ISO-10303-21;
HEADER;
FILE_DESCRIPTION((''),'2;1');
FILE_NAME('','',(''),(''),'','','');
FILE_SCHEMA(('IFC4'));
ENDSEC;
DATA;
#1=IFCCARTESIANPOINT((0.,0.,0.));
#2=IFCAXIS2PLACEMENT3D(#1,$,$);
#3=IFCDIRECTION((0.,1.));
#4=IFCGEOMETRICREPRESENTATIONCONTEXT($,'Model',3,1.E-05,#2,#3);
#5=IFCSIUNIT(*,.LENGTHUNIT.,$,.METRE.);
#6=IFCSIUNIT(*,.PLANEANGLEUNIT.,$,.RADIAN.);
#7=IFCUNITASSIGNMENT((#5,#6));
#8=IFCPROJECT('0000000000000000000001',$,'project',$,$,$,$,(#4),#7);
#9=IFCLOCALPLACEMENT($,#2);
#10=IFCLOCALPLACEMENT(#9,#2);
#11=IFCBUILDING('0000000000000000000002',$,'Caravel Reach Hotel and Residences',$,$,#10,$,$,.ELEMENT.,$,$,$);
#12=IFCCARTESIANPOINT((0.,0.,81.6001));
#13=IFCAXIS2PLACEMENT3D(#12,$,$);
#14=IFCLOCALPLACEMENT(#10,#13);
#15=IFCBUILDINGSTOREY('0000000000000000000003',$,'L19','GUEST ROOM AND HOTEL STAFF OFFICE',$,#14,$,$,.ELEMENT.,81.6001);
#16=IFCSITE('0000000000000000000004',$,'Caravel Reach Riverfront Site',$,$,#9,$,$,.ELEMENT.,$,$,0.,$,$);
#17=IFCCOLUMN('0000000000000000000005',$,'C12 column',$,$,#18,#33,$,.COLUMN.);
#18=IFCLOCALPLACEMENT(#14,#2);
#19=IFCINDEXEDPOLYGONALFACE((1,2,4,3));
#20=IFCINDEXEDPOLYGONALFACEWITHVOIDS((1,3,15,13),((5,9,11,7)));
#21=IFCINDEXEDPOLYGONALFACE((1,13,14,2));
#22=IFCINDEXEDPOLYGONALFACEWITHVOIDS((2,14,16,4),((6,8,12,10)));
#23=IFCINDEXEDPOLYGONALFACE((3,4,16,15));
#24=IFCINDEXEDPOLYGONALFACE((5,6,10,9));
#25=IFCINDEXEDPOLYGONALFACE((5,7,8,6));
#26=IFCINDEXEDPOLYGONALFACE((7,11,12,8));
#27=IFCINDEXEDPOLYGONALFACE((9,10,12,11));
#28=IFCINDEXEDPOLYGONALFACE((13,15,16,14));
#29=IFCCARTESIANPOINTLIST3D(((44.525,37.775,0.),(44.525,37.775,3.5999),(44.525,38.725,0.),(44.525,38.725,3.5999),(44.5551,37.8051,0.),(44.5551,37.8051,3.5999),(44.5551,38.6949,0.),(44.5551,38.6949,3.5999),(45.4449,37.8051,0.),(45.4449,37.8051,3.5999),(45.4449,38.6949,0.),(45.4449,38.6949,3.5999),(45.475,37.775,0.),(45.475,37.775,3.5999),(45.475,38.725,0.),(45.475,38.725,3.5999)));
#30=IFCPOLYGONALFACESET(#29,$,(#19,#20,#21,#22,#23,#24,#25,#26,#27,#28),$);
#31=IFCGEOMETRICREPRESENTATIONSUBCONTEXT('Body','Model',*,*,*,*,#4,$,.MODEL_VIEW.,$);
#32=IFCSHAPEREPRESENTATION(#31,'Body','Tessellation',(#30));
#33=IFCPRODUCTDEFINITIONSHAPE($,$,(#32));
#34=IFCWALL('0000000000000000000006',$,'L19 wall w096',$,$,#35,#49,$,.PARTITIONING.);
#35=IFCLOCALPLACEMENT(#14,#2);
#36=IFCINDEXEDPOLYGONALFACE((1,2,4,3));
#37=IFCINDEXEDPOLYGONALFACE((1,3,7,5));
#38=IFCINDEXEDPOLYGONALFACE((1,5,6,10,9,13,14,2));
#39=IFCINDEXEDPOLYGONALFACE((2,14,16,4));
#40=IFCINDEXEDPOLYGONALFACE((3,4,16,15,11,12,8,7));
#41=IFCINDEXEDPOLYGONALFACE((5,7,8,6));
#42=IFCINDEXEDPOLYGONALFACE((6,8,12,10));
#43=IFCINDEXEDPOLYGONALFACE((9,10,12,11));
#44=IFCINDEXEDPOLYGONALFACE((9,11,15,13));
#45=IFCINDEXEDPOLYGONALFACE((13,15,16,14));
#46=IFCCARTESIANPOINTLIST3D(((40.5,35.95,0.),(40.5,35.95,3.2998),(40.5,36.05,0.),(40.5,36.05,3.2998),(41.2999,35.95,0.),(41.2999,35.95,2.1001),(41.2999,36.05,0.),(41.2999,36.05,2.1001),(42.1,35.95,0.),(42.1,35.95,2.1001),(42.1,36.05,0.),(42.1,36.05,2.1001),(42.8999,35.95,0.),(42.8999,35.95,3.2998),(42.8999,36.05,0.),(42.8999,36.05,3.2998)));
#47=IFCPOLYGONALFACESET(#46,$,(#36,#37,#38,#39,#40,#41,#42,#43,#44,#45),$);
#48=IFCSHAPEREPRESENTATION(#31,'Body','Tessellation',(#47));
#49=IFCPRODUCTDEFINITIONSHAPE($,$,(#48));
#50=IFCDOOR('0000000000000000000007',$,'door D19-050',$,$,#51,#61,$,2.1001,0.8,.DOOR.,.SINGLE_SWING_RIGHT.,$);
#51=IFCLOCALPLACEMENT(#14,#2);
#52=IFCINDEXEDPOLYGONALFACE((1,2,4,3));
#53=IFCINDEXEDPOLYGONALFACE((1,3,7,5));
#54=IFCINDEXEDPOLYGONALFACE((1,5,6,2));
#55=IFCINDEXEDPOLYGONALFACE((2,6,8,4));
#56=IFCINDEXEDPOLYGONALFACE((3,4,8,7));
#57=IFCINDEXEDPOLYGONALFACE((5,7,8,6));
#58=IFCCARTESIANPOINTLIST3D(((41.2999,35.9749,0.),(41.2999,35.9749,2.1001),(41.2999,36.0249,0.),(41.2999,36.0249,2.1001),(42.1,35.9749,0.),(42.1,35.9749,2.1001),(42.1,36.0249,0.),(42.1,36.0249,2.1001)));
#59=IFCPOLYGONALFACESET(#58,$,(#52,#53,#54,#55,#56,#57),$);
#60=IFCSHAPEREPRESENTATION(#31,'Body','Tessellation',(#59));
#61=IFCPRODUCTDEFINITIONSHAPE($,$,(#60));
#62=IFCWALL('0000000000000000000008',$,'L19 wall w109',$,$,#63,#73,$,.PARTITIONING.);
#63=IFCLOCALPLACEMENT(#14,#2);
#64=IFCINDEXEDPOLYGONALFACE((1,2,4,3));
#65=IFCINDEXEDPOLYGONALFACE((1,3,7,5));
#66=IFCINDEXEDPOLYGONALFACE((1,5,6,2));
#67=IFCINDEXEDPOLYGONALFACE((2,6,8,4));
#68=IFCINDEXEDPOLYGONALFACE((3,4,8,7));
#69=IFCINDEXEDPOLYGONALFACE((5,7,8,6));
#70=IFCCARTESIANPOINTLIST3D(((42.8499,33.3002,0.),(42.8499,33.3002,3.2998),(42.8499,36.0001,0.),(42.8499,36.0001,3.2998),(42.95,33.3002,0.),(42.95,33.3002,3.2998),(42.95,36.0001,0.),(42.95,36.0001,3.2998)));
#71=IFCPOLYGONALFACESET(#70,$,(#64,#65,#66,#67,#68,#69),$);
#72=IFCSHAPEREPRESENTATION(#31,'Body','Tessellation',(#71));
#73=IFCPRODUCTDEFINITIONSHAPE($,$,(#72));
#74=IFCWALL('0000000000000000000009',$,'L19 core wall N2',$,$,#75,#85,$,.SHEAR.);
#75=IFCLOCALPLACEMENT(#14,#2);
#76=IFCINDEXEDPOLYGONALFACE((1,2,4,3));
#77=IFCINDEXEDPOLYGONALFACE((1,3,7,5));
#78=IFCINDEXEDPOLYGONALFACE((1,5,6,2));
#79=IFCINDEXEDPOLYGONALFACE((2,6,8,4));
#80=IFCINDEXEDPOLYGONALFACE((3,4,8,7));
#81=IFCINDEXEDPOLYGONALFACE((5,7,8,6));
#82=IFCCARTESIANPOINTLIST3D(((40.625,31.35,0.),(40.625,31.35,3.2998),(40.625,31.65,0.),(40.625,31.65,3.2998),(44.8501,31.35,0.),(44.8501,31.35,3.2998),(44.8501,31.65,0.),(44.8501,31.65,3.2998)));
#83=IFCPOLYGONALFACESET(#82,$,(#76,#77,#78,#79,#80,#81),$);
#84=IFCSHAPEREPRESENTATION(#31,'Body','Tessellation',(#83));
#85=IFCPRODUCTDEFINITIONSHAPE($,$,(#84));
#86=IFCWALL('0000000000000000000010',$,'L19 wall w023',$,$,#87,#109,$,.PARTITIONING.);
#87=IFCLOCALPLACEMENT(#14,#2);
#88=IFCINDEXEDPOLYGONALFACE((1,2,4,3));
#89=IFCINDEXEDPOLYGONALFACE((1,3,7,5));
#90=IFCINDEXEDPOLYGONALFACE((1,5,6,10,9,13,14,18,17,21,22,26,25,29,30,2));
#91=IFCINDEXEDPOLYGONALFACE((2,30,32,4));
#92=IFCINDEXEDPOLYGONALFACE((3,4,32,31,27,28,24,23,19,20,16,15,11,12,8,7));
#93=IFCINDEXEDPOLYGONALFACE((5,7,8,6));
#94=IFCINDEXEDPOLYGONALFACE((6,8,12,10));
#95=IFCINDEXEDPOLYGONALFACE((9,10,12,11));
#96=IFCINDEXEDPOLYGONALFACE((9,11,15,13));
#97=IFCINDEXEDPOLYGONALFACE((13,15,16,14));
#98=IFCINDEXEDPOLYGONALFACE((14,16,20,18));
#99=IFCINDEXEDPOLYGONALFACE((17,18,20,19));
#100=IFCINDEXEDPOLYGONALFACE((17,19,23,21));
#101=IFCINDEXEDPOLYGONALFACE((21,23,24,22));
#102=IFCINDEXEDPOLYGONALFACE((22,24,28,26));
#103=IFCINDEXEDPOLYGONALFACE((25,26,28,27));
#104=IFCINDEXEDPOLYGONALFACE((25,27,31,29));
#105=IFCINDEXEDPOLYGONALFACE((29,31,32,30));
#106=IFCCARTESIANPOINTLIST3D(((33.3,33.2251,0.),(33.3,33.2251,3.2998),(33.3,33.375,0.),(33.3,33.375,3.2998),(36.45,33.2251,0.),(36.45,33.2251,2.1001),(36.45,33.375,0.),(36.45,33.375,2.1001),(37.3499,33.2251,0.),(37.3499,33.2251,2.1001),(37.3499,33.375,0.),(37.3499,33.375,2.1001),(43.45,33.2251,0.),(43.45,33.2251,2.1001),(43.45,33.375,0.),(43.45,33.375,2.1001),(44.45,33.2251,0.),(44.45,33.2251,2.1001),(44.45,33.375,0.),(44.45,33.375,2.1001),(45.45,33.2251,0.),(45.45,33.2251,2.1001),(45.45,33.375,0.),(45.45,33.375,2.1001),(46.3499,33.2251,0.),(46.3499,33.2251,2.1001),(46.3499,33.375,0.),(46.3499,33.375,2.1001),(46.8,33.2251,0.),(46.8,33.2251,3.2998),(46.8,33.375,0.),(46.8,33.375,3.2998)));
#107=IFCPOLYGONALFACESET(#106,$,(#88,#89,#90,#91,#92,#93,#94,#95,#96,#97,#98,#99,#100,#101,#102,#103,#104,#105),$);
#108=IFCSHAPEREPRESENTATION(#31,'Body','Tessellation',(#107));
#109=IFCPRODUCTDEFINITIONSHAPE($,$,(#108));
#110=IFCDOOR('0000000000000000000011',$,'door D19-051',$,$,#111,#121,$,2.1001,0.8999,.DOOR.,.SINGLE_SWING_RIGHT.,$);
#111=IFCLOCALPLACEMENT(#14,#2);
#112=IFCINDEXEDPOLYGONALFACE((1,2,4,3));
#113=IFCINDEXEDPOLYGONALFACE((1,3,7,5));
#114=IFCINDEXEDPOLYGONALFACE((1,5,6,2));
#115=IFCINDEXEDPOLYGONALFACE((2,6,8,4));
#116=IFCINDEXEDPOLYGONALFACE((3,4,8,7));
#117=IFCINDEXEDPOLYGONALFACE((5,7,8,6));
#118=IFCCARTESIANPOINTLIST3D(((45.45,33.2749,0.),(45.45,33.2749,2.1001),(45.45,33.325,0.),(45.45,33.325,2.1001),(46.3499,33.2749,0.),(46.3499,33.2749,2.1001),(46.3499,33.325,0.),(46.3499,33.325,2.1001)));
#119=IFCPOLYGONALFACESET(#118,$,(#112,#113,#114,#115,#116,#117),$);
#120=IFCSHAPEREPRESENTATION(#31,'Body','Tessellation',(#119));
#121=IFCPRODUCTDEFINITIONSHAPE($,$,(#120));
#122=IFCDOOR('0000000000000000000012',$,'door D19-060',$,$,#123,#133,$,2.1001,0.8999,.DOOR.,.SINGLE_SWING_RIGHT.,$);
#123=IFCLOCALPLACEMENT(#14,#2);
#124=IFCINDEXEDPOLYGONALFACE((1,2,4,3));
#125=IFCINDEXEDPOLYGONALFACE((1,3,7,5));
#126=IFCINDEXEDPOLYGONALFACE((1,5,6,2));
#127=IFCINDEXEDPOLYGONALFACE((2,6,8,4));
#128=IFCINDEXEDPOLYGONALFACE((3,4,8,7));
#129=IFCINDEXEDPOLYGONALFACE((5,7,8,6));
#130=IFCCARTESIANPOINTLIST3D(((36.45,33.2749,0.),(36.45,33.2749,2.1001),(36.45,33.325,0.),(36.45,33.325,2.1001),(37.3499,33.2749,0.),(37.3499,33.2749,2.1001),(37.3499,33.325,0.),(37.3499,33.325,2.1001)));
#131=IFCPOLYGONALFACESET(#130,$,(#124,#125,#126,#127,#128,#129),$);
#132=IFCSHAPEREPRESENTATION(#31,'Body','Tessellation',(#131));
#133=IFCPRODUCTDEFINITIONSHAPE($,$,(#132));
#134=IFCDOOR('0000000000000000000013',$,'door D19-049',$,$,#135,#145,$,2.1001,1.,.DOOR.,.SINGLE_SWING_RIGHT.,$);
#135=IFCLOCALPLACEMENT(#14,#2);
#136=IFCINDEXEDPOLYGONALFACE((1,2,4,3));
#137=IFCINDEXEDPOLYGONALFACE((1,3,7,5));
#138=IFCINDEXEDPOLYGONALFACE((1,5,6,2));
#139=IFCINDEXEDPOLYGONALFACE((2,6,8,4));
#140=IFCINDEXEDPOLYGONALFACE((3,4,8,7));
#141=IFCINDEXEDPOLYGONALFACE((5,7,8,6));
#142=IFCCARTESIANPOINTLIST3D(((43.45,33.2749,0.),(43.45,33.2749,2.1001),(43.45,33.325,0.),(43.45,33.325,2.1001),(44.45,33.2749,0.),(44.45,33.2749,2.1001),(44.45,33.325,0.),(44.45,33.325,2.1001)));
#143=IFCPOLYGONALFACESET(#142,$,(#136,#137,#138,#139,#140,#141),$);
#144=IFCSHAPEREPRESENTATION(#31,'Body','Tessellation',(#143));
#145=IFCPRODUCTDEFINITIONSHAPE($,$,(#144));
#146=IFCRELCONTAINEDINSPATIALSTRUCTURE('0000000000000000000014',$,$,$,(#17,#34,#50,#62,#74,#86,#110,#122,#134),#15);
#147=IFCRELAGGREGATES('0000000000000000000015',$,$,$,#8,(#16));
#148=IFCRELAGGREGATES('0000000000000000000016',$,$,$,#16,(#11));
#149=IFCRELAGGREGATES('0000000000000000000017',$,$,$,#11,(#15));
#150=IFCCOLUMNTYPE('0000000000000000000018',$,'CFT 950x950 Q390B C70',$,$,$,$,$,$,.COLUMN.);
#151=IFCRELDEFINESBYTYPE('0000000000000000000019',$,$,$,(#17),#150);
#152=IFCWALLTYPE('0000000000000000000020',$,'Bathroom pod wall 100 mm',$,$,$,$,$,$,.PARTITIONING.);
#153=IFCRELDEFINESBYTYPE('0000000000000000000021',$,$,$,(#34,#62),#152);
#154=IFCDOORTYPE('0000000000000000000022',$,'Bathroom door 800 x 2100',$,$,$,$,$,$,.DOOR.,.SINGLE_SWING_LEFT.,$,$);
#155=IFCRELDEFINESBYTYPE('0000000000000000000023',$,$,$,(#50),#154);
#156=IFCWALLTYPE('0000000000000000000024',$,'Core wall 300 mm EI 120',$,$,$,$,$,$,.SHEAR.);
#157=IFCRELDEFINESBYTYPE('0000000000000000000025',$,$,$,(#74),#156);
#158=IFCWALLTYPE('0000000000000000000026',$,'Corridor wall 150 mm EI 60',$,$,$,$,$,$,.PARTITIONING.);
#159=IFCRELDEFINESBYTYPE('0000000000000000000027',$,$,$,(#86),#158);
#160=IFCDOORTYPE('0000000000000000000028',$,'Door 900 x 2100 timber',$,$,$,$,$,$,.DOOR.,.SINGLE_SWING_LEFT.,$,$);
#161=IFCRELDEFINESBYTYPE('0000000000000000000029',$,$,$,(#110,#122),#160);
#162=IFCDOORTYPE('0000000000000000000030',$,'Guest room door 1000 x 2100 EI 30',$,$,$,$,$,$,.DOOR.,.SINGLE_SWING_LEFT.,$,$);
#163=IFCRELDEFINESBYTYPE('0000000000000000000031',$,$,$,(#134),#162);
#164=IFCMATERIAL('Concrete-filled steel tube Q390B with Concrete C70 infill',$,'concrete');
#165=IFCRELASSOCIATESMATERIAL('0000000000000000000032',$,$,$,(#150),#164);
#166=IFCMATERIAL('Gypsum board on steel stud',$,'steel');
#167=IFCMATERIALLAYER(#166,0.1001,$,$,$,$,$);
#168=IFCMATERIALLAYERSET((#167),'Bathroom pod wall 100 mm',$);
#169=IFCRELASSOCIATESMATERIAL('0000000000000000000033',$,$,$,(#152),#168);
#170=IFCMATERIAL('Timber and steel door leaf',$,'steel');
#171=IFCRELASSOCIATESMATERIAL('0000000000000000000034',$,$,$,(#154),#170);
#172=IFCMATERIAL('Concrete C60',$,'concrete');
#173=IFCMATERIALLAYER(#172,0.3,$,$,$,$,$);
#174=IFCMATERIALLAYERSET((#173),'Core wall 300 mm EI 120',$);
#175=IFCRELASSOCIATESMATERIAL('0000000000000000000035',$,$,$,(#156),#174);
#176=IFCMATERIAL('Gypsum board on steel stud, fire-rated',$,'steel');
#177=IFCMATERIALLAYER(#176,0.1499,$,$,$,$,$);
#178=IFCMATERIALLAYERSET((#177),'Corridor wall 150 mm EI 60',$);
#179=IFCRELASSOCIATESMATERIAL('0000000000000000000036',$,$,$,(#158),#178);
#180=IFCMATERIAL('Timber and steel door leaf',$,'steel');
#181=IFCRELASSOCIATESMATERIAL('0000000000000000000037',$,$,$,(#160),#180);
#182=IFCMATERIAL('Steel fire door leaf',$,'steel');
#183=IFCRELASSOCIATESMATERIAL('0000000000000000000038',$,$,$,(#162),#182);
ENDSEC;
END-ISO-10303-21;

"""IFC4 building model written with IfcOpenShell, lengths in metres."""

from ifc_helpers import new_model, si_unit, direction, frame, frame_2d, origin, origin_2d, place, context, subcontext, project, spatial, rectangle, hollow_rectangle, extrude, material, layer, layer_set, material_profile, profile_set, type_object, element, fill, save


model = new_model("IFC4")

# Units and contexts
model_context = context("Model", 3, precision=1e-05, world=origin(), true_north=direction((0.0, 1.0)))
body_context = subcontext(model_context, "Body", "Model", "MODEL_VIEW")
ifc_project = project(units=[si_unit("LENGTHUNIT", "METRE"), si_unit("PLANEANGLEUNIT", "RADIAN")], contexts=[model_context])

# Site, building, storey
site_placement = place(None, origin())
site = spatial("IfcSite", under=ifc_project, at=site_placement, Name="Caravel Reach Riverfront Site", CompositionType="ELEMENT", RefElevation=0.0)
building_placement = place(site_placement, origin())
building = spatial("IfcBuilding", under=site, at=building_placement, Name="Caravel Reach Hotel and Residences", CompositionType="ELEMENT")
storey_placement = place(building_placement, frame((0.0, 0.0, 81.6001)))
storey = spatial("IfcBuildingStorey", under=building, at=storey_placement, Name="L19", Description="GUEST ROOM AND HOTEL STAFF OFFICE", CompositionType="ELEMENT", Elevation=81.6001)

# Column
ifc_material_1 = material(Name="Concrete-filled steel tube Q390B with Concrete C70 infill", Category="concrete")
ifc_material_profile = material_profile(ifc_material_1, hollow_rectangle(XDim=0.95, YDim=0.95, WallThickness=0.03, at=origin_2d()), Name="RHS 950x950x30")
ifc_profile_set = profile_set([ifc_material_profile], Name="Concrete-filled steel tube Q390B with Concrete C70 infill")
column_type = type_object("IfcColumnType", Name="CFT 950x950 Q390B C70", PredefinedType="COLUMN", material=ifc_profile_set)
column_placement = place(storey_placement, frame((45.0, 38.25, 0.0), z_axis=(0.0, 0.0, 1.0), x_axis=(1.0, 0.0, 0.0)))
element("IfcColumn", 1, at=column_placement, inside=storey, type_object=column_type, Name="C12 column", PredefinedType="COLUMN", context=body_context, shape_type="SweptSolid", body=[
    extrude(hollow_rectangle(XDim=0.95, YDim=0.95, WallThickness=0.03, at=origin_2d()), origin(), (0.0, 0.0, 1.0), 3.5999),
])

# Wall, opening, door
ifc_material_2 = material(Name="Gypsum board on steel stud", Category="steel")
ifc_layer_1 = layer(ifc_material_2, 0.1001)
ifc_layer_set_1 = layer_set([ifc_layer_1], Name="Bathroom pod wall 100 mm")
wall_type_1 = type_object("IfcWallType", Name="Bathroom pod wall 100 mm", PredefinedType="PARTITIONING", material=ifc_layer_set_1)
wall_1_placement = place(storey_placement, frame((40.5, 36.0, 0.0), z_axis=(0.0, 0.0, 1.0), x_axis=(1.0, 0.0, 0.0)))
wall_1 = element("IfcWall", 2, at=wall_1_placement, inside=storey, type_object=wall_type_1, Name="L19 wall w096", PredefinedType="PARTITIONING", context=body_context, shape_type="SweptSolid", body=[
    extrude(rectangle(XDim=2.3999, YDim=0.1001, at=frame_2d((1.2, 0.0))), origin(), (0.0, 0.0, 1.0), 3.2998),
])
opening_1_placement = place(wall_1_placement, frame((0.8, 0.0, 0.0)))
opening_1 = element("IfcOpeningElement", 3, at=opening_1_placement, cuts=wall_1, PredefinedType="OPENING", context=body_context, shape_type="SweptSolid", body=[
    extrude(rectangle(XDim=0.8, YDim=2.1001, at=frame_2d((0.3999, 1.05))), frame((0.0, 0.0601, 0.0), z_axis=(0.0, -1.0, 0.0), x_axis=(1.0, 0.0, 0.0)), (0.0, 0.0, 1.0), 0.1201),
])
ifc_material_3 = material(Name="Timber and steel door leaf", Category="steel")
door_type_1 = type_object("IfcDoorType", Name="Bathroom door 800 x 2100", OperationType="SINGLE_SWING_LEFT", PredefinedType="DOOR", material=ifc_material_3)
door_1_placement = place(opening_1_placement, origin())
door_1 = element("IfcDoor", 4, at=door_1_placement, inside=storey, type_object=door_type_1, Name="door D19-050", OperationType="SINGLE_SWING_RIGHT", OverallHeight=2.1001, OverallWidth=0.8, PredefinedType="DOOR", context=body_context, shape_type="SweptSolid", body=[
    extrude(rectangle(XDim=0.8, YDim=2.1001, at=frame_2d((0.3999, 1.05))), frame((0.0, 0.0249, 0.0), z_axis=(0.0, -1.0, 0.0), x_axis=(1.0, 0.0, 0.0)), (0.0, 0.0, 1.0), 0.05),
])
fill(opening_1, door_1)

# Walls
wall_2_placement = place(storey_placement, frame((42.8999, 33.3, 0.0), z_axis=(0.0, 0.0, 1.0), x_axis=(0.0, 1.0, 0.0)))
element("IfcWall", 5, at=wall_2_placement, inside=storey, type_object=wall_type_1, Name="L19 wall w109", PredefinedType="PARTITIONING", context=body_context, shape_type="SweptSolid", body=[
    extrude(rectangle(XDim=2.7, YDim=0.1001, at=frame_2d((1.3501, 0.0))), origin(), (0.0, 0.0, 1.0), 3.2998),
])
ifc_material_4 = material(Name="Concrete C60", Category="concrete")
ifc_layer_2 = layer(ifc_material_4, 0.3)
ifc_layer_set_2 = layer_set([ifc_layer_2], Name="Core wall 300 mm EI 120")
wall_type_2 = type_object("IfcWallType", Name="Core wall 300 mm EI 120", PredefinedType="SHEAR", material=ifc_layer_set_2)
wall_3_placement = place(storey_placement, frame((40.625, 31.5, 0.0), z_axis=(0.0, 0.0, 1.0), x_axis=(1.0, 0.0, 0.0)))
element("IfcWall", 6, at=wall_3_placement, inside=storey, type_object=wall_type_2, Name="L19 core wall N2", PredefinedType="SHEAR", context=body_context, shape_type="SweptSolid", body=[
    extrude(rectangle(XDim=4.2251, YDim=0.3, at=frame_2d((2.1125, 0.0))), origin(), (0.0, 0.0, 1.0), 3.2998),
])

# Wall, openings, doors
ifc_material_5 = material(Name="Gypsum board on steel stud, fire-rated", Category="steel")
ifc_layer_3 = layer(ifc_material_5, 0.1499)
ifc_layer_set_3 = layer_set([ifc_layer_3], Name="Corridor wall 150 mm EI 60")
wall_type_3 = type_object("IfcWallType", Name="Corridor wall 150 mm EI 60", PredefinedType="PARTITIONING", material=ifc_layer_set_3)
wall_4_placement = place(storey_placement, frame((33.3, 33.3, 0.0), z_axis=(0.0, 0.0, 1.0), x_axis=(1.0, 0.0, 0.0)))
wall_4 = element("IfcWall", 7, at=wall_4_placement, inside=storey, type_object=wall_type_3, Name="L19 wall w023", PredefinedType="PARTITIONING", context=body_context, shape_type="SweptSolid", body=[
    extrude(rectangle(XDim=13.5, YDim=0.1499, at=frame_2d((6.75, 0.0))), origin(), (0.0, 0.0, 1.0), 3.2998),
])
opening_2_placement = place(wall_4_placement, frame((10.1499, 0.0, 0.0)))
opening_2 = element("IfcOpeningElement", 8, at=opening_2_placement, cuts=wall_4, PredefinedType="OPENING", context=body_context, shape_type="SweptSolid", body=[
    extrude(rectangle(XDim=1.0, YDim=2.1001, at=frame_2d((0.5, 1.05))), frame((0.0, 0.085, 0.0), z_axis=(0.0, -1.0, 0.0), x_axis=(1.0, 0.0, 0.0)), (0.0, 0.0, 1.0), 0.1699),
])
opening_3_placement = place(wall_4_placement, frame((12.1499, 0.0, 0.0)))
opening_3 = element("IfcOpeningElement", 9, at=opening_3_placement, cuts=wall_4, PredefinedType="OPENING", context=body_context, shape_type="SweptSolid", body=[
    extrude(rectangle(XDim=0.8999, YDim=2.1001, at=frame_2d((0.45, 1.05))), frame((0.0, 0.085, 0.0), z_axis=(0.0, -1.0, 0.0), x_axis=(1.0, 0.0, 0.0)), (0.0, 0.0, 1.0), 0.1699),
])
opening_4_placement = place(wall_4_placement, frame((3.1499, 0.0, 0.0)))
opening_4 = element("IfcOpeningElement", 10, at=opening_4_placement, cuts=wall_4, PredefinedType="OPENING", context=body_context, shape_type="SweptSolid", body=[
    extrude(rectangle(XDim=0.8999, YDim=2.1001, at=frame_2d((0.45, 1.05))), frame((0.0, 0.085, 0.0), z_axis=(0.0, -1.0, 0.0), x_axis=(1.0, 0.0, 0.0)), (0.0, 0.0, 1.0), 0.1699),
])
ifc_material_6 = material(Name="Timber and steel door leaf", Category="steel")
door_type_2 = type_object("IfcDoorType", Name="Door 900 x 2100 timber", OperationType="SINGLE_SWING_LEFT", PredefinedType="DOOR", material=ifc_material_6)
door_2_placement = place(opening_3_placement, origin())
door_2 = element("IfcDoor", 11, at=door_2_placement, inside=storey, type_object=door_type_2, Name="door D19-051", OperationType="SINGLE_SWING_RIGHT", OverallHeight=2.1001, OverallWidth=0.8999, PredefinedType="DOOR", context=body_context, shape_type="SweptSolid", body=[
    extrude(rectangle(XDim=0.8999, YDim=2.1001, at=frame_2d((0.45, 1.05))), frame((0.0, 0.0249, 0.0), z_axis=(0.0, -1.0, 0.0), x_axis=(1.0, 0.0, 0.0)), (0.0, 0.0, 1.0), 0.05),
])
fill(opening_3, door_2)
door_3_placement = place(opening_4_placement, origin())
door_3 = element("IfcDoor", 12, at=door_3_placement, inside=storey, type_object=door_type_2, Name="door D19-060", OperationType="SINGLE_SWING_RIGHT", OverallHeight=2.1001, OverallWidth=0.8999, PredefinedType="DOOR", context=body_context, shape_type="SweptSolid", body=[
    extrude(rectangle(XDim=0.8999, YDim=2.1001, at=frame_2d((0.45, 1.05))), frame((0.0, 0.0249, 0.0), z_axis=(0.0, -1.0, 0.0), x_axis=(1.0, 0.0, 0.0)), (0.0, 0.0, 1.0), 0.05),
])
fill(opening_4, door_3)
ifc_material_7 = material(Name="Steel fire door leaf", Category="steel")
door_type_3 = type_object("IfcDoorType", Name="Guest room door 1000 x 2100 EI 30", OperationType="SINGLE_SWING_LEFT", PredefinedType="DOOR", material=ifc_material_7)
door_4_placement = place(opening_2_placement, origin())
door_4 = element("IfcDoor", 13, at=door_4_placement, inside=storey, type_object=door_type_3, Name="door D19-049", OperationType="SINGLE_SWING_RIGHT", OverallHeight=2.1001, OverallWidth=1.0, PredefinedType="DOOR", context=body_context, shape_type="SweptSolid", body=[
    extrude(rectangle(XDim=1.0, YDim=2.1001, at=frame_2d((0.5, 1.05))), frame((0.0, 0.0249, 0.0), z_axis=(0.0, -1.0, 0.0), x_axis=(1.0, 0.0, 0.0)), (0.0, 0.0, 1.0), 0.05),
])
fill(opening_2, door_4)

save(model, "model.ifc")
